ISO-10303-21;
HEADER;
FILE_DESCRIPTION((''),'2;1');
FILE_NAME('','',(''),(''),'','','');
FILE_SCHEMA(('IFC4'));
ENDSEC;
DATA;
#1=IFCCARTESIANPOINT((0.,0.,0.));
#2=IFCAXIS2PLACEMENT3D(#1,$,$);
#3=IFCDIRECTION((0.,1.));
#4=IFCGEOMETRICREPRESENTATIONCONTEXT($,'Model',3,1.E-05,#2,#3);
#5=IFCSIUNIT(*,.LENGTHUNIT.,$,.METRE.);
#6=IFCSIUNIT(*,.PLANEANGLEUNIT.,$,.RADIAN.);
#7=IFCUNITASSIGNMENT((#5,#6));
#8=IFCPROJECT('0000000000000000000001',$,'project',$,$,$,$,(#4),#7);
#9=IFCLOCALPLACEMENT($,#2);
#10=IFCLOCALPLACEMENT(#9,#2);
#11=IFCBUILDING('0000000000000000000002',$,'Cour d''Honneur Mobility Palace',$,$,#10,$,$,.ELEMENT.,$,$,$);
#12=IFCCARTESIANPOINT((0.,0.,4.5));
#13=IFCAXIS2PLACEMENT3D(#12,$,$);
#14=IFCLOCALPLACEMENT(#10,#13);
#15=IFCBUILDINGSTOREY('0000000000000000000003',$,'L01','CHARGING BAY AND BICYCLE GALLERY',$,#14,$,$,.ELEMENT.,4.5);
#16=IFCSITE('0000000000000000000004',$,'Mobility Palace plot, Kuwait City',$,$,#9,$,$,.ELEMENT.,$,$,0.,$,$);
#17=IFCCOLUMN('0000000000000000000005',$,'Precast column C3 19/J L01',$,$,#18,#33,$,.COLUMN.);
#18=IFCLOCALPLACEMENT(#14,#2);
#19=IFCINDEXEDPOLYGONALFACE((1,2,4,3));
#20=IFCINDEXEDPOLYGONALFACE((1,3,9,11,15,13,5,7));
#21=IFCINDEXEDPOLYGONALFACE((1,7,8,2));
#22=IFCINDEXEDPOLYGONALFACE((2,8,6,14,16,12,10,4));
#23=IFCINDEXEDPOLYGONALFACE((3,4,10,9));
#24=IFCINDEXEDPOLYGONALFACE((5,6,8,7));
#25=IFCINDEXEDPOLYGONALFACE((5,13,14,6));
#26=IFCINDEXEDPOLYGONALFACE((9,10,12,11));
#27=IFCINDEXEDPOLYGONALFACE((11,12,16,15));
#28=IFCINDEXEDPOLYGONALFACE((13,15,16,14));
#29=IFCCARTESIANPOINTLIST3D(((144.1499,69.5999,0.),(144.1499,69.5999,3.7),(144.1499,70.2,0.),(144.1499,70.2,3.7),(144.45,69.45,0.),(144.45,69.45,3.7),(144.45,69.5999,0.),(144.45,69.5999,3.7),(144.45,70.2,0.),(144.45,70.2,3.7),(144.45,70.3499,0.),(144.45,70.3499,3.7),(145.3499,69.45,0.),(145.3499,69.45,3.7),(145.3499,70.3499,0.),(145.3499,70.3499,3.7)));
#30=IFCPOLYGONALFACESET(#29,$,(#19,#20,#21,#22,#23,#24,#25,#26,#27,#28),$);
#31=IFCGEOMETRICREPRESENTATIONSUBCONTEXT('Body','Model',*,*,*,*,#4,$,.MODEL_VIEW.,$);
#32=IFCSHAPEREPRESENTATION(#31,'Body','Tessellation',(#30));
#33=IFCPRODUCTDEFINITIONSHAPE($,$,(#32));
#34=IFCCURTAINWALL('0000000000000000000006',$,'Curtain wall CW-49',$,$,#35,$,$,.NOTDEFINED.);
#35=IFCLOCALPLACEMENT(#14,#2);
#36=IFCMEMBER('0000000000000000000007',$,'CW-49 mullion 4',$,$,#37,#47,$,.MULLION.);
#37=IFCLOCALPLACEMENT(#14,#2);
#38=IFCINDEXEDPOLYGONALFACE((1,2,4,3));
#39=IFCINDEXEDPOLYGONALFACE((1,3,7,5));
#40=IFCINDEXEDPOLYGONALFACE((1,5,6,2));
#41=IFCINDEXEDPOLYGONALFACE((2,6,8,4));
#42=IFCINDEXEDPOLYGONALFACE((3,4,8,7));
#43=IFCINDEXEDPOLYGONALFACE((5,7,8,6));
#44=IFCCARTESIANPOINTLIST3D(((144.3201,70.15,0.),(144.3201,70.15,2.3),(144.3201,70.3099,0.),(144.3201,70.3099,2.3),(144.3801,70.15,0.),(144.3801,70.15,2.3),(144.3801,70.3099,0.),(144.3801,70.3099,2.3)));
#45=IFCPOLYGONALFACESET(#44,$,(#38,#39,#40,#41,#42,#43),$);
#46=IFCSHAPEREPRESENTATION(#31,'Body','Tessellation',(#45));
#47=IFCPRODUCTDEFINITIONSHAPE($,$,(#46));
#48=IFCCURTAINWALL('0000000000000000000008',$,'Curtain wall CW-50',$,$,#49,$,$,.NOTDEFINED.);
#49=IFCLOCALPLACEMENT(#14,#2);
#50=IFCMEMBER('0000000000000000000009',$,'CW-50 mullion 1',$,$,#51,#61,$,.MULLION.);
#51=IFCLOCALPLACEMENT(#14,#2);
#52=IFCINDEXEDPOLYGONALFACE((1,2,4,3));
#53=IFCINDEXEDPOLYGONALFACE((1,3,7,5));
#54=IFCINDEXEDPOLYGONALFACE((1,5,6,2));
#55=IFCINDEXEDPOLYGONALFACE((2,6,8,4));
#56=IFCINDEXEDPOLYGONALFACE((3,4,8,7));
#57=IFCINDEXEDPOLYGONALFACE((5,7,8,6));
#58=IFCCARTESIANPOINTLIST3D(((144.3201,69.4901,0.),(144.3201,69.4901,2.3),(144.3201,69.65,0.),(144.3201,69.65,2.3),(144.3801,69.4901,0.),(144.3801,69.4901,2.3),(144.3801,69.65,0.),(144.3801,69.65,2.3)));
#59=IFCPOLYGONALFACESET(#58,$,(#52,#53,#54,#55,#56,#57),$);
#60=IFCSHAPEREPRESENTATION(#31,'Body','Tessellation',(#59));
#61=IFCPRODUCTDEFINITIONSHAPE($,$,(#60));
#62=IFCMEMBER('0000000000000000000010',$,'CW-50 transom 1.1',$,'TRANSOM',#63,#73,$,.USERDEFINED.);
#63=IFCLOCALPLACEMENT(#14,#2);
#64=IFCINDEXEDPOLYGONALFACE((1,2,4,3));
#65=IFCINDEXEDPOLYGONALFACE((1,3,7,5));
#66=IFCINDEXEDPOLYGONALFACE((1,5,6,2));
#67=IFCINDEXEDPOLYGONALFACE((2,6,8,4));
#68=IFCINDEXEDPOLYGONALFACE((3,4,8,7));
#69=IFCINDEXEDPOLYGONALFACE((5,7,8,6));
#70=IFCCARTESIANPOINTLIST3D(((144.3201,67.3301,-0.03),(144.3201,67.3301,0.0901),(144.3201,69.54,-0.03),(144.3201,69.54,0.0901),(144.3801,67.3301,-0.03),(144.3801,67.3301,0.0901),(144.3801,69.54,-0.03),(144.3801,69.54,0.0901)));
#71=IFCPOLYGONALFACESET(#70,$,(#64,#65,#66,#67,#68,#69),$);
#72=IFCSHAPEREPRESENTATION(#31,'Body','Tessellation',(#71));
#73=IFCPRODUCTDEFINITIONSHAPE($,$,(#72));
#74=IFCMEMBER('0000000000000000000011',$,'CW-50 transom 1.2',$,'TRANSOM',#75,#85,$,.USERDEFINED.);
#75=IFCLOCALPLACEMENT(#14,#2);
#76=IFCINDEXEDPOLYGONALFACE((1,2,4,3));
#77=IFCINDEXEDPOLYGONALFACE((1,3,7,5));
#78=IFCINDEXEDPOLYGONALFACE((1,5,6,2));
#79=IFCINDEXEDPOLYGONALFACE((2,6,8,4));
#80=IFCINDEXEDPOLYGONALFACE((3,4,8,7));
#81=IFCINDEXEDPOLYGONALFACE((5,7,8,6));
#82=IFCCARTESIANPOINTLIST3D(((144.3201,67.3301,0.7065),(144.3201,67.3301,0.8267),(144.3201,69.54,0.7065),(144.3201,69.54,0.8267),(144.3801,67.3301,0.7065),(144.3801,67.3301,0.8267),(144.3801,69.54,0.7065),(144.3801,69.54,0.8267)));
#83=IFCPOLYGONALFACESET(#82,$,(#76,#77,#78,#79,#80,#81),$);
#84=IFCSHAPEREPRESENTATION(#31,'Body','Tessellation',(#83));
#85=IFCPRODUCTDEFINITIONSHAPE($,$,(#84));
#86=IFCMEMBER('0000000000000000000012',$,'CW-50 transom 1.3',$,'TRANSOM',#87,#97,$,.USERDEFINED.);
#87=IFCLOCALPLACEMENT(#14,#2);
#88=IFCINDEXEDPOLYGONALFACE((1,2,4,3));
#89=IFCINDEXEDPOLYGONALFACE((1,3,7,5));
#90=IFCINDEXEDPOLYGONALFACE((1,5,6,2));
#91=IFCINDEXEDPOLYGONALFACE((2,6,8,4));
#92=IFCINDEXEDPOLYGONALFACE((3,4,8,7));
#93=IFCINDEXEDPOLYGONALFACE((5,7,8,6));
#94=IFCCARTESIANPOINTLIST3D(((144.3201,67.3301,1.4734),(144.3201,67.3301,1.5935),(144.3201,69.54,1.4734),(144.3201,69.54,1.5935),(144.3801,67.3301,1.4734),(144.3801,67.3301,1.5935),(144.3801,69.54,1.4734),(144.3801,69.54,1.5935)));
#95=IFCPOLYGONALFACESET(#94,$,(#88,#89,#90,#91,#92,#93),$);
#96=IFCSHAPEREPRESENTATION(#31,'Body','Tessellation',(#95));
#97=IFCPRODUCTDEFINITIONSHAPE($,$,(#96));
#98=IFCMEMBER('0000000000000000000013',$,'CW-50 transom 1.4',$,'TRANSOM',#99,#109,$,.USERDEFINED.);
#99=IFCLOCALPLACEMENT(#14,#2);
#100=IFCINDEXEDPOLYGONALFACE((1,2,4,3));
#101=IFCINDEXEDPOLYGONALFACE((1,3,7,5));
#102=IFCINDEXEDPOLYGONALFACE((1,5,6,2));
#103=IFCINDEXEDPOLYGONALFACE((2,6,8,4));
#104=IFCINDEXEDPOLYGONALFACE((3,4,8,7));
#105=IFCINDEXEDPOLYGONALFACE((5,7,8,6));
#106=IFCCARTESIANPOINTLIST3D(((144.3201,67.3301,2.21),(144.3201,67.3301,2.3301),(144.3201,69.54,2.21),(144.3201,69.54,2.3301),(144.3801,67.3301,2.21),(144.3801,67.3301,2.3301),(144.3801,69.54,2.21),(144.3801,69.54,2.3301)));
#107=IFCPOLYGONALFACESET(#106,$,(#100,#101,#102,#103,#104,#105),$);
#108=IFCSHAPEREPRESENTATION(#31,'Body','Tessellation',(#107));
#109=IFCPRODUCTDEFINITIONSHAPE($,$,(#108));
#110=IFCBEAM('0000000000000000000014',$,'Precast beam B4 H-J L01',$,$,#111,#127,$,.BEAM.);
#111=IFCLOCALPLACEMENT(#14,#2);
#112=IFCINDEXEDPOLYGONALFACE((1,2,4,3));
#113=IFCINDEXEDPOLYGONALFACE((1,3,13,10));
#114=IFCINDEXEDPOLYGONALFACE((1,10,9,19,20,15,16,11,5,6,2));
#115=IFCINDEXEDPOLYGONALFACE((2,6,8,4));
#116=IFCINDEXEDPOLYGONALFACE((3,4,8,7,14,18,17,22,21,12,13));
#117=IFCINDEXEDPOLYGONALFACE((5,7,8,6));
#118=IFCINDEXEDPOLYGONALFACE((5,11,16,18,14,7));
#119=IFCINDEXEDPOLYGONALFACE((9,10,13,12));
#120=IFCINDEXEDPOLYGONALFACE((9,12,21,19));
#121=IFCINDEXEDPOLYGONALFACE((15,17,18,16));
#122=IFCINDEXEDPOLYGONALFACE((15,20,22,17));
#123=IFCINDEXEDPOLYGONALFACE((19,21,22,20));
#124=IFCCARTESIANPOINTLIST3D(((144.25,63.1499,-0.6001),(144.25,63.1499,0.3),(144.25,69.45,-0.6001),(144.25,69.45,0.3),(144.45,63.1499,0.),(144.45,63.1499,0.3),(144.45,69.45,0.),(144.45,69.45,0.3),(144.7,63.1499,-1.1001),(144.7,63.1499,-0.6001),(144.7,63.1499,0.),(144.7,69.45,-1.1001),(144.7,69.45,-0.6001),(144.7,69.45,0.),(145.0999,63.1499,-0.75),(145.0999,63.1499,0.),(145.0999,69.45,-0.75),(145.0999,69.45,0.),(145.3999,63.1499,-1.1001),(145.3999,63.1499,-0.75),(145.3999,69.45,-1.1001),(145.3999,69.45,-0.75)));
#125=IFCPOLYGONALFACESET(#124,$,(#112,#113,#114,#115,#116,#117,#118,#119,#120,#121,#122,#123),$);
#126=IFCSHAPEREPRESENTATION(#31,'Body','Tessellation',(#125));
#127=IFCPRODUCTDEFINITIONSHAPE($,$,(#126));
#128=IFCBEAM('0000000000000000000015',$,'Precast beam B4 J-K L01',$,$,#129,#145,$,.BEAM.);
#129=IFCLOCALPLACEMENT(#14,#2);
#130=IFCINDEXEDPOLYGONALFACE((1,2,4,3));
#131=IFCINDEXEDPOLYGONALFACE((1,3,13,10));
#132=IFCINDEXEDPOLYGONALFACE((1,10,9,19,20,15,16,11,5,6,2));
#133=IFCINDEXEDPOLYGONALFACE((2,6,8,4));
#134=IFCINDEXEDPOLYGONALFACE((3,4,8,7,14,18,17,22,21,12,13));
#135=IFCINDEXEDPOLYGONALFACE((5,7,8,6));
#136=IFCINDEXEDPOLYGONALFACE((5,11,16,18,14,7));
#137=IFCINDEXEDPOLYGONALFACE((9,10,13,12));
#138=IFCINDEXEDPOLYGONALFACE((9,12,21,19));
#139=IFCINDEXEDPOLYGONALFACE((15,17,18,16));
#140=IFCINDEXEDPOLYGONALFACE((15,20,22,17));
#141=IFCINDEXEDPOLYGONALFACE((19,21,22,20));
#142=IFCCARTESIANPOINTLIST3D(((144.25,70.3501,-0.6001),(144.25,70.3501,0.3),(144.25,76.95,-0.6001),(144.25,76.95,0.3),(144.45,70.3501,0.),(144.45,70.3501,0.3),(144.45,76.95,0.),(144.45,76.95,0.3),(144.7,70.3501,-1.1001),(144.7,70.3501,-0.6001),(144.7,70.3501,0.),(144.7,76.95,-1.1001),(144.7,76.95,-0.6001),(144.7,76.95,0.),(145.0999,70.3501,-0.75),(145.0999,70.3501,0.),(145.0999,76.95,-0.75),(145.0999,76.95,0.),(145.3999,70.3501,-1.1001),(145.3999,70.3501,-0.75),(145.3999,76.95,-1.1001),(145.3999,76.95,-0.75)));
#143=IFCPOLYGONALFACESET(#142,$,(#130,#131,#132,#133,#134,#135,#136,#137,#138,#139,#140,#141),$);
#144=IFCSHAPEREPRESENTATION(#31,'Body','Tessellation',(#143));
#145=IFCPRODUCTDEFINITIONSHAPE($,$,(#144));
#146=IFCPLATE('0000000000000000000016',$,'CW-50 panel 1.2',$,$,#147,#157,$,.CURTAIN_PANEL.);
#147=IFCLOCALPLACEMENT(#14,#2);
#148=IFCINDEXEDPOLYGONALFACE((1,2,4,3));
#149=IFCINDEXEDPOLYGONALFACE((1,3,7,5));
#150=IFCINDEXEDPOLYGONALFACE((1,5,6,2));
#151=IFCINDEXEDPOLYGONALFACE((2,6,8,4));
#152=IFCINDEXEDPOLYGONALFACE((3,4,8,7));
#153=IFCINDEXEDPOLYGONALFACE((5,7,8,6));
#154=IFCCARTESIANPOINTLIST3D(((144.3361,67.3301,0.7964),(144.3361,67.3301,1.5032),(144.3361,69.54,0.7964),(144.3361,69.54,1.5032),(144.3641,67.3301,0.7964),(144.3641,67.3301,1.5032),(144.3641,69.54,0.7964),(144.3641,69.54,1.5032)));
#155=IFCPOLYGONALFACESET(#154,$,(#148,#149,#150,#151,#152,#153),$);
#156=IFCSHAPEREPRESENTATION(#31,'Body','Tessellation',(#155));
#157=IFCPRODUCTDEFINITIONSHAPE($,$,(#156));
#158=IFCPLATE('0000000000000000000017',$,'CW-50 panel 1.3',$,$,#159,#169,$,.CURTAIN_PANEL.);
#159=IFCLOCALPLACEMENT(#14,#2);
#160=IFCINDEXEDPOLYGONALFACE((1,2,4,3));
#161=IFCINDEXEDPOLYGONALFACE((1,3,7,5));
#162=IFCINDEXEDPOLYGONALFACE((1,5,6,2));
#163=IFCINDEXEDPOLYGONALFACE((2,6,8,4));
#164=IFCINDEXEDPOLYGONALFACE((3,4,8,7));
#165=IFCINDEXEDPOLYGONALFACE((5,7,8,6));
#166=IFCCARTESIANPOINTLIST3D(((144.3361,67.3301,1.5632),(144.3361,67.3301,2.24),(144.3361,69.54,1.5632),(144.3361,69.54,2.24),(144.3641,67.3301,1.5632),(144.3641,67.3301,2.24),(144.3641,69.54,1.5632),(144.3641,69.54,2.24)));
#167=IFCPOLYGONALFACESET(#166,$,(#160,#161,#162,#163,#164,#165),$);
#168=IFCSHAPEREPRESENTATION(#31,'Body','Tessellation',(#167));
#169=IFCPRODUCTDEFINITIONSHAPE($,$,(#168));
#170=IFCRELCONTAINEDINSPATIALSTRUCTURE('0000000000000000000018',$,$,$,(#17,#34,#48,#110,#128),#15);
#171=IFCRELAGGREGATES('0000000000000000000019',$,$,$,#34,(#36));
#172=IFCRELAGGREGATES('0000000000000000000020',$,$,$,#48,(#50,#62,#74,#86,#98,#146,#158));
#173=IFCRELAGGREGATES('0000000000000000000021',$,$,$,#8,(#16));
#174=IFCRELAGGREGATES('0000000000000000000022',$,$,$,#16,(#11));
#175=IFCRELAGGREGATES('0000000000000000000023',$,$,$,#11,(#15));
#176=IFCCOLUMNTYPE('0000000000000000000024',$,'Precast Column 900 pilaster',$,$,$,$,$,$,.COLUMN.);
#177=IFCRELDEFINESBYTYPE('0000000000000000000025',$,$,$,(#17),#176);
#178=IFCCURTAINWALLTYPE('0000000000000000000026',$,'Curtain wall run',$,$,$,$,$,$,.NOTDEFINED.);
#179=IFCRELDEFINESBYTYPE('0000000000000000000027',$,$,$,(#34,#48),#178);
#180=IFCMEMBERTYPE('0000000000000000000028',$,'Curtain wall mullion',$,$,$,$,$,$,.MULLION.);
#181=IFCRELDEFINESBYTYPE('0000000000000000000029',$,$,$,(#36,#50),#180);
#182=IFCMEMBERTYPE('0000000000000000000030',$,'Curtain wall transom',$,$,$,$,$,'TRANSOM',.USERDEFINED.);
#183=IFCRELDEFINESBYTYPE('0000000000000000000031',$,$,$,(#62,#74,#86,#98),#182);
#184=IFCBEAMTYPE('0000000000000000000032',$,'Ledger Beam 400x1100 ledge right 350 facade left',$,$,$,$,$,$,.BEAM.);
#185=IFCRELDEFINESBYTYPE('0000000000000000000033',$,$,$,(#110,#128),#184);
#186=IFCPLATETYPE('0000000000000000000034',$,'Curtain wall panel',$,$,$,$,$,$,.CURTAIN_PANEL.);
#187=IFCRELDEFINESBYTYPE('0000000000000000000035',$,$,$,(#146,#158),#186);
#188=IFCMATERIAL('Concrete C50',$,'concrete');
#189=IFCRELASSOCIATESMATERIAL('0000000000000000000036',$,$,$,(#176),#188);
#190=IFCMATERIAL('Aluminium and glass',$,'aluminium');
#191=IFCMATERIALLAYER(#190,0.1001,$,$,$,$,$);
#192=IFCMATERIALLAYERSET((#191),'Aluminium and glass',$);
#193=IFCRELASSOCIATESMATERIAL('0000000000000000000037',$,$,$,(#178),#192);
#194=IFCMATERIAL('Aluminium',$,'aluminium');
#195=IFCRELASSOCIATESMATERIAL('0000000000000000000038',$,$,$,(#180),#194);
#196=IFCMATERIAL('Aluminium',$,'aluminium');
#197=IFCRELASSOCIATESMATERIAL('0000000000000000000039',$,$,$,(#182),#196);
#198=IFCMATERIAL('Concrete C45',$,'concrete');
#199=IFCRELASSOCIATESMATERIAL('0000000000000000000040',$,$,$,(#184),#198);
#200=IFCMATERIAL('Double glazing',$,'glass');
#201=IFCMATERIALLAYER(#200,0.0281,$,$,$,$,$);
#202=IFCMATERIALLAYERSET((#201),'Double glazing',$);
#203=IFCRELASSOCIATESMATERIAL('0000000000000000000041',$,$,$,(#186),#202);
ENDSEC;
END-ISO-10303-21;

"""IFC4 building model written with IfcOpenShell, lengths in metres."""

from ifc_helpers import new_model, si_unit, direction, frame, origin, origin_2d, place, context, subcontext, project, spatial, polyline, rectangle, outline, extrude, material, layer, layer_set, material_profile, profile_set, type_object, element, aggregate, save


model = new_model("IFC4")

# Units and contexts
model_context = context("Model", 3, precision=1e-05, world=origin(), true_north=direction((0.0, 1.0)))
body_context = subcontext(model_context, "Body", "Model", "MODEL_VIEW")
ifc_project = project(units=[si_unit("LENGTHUNIT", "METRE"), si_unit("PLANEANGLEUNIT", "RADIAN")], contexts=[model_context])

# Site, building, storey
site_placement = place(None, origin())
site = spatial("IfcSite", under=ifc_project, at=site_placement, Name="Mobility Palace plot, Kuwait City", CompositionType="ELEMENT", RefElevation=0.0)
building_placement = place(site_placement, origin())
building = spatial("IfcBuilding", under=site, at=building_placement, Name="Cour d'Honneur Mobility Palace", CompositionType="ELEMENT")
storey_placement = place(building_placement, frame((0.0, 0.0, 4.5)))
storey = spatial("IfcBuildingStorey", under=building, at=storey_placement, Name="L01", Description="CHARGING BAY AND BICYCLE GALLERY", CompositionType="ELEMENT", Elevation=4.5)

# Column
ifc_material_1 = material(Name="Concrete C50", Category="concrete")
ifc_material_profile_1 = material_profile(ifc_material_1, outline(polyline([(-0.45, -0.45), (0.45, -0.45), (0.45, -0.3), (0.75, -0.3), (0.75, 0.3), (0.45, 0.3), (0.45, 0.45), (-0.45, 0.45), (-0.45, -0.45)])), Name="PC C900 pilaster")
ifc_profile_set_1 = profile_set([ifc_material_profile_1], Name="Concrete C50")
column_type = type_object("IfcColumnType", Name="Precast Column 900 pilaster", PredefinedType="COLUMN", material=ifc_profile_set_1)
column_placement = place(storey_placement, frame((144.8999, 69.8999, 0.0), z_axis=(0.0, 0.0, 1.0), x_axis=(-1.0, 0.0, 0.0)))
element("IfcColumn", 1, at=column_placement, inside=storey, type_object=column_type, Name="Precast column C3 19/J L01", PredefinedType="COLUMN", context=body_context, shape_type="SweptSolid", body=[
    extrude(outline(polyline([(-0.45, -0.45), (0.45, -0.45), (0.45, -0.3), (0.75, -0.3), (0.75, 0.3), (0.45, 0.3), (0.45, 0.45), (-0.45, 0.45), (-0.45, -0.45)])), origin(), (0.0, 0.0, 1.0), 3.7),
])

# Curtain wall, member
ifc_material_2 = material(Name="Aluminium and glass", Category="aluminium")
ifc_layer_1 = layer(ifc_material_2, 0.1001)
ifc_layer_set_1 = layer_set([ifc_layer_1], Name="Aluminium and glass")
curtain_wall_type = type_object("IfcCurtainWallType", Name="Curtain wall run", PredefinedType="NOTDEFINED", material=ifc_layer_set_1)
curtain_wall_1_placement = place(storey_placement, origin())
curtain_wall_1 = element("IfcCurtainWall", 2, at=curtain_wall_1_placement, inside=storey, type_object=curtain_wall_type, Name="Curtain wall CW-49", PredefinedType="NOTDEFINED")
ifc_material_3 = material(Name="Aluminium", Category="aluminium")
ifc_material_profile_2 = material_profile(ifc_material_3, rectangle(XDim=0.0601, YDim=0.1599, at=origin_2d()), Name="Curtain wall mullion")
ifc_profile_set_2 = profile_set([ifc_material_profile_2], Name="Aluminium")
member_type_1 = type_object("IfcMemberType", Name="Curtain wall mullion", PredefinedType="MULLION", material=ifc_profile_set_2)
member_1_placement = place(storey_placement, frame((144.3501, 70.23, 0.0), z_axis=(0.0, 0.0, 1.0), x_axis=(1.0, 0.0, 0.0)))
member_1 = element("IfcMember", 3, at=member_1_placement, type_object=member_type_1, Name="CW-49 mullion 4", PredefinedType="MULLION", context=body_context, shape_type="SweptSolid", body=[
    extrude(rectangle(XDim=0.0601, YDim=0.1599, at=origin_2d()), origin(), (0.0, 0.0, 1.0), 2.3),
])
aggregate(curtain_wall_1, [member_1])

# Curtain wall, members
curtain_wall_2_placement = place(storey_placement, origin())
curtain_wall_2 = element("IfcCurtainWall", 4, at=curtain_wall_2_placement, inside=storey, type_object=curtain_wall_type, Name="Curtain wall CW-50", PredefinedType="NOTDEFINED")
member_2_placement = place(storey_placement, frame((144.3501, 69.5701, 0.0), z_axis=(0.0, 0.0, 1.0), x_axis=(1.0, 0.0, 0.0)))
member_2 = element("IfcMember", 5, at=member_2_placement, type_object=member_type_1, Name="CW-50 mullion 1", PredefinedType="MULLION", context=body_context, shape_type="SweptSolid", body=[
    extrude(rectangle(XDim=0.0601, YDim=0.1599, at=origin_2d()), origin(), (0.0, 0.0, 1.0), 2.3),
])
ifc_material_4 = material(Name="Aluminium", Category="aluminium")
ifc_material_profile_3 = material_profile(ifc_material_4, rectangle(XDim=0.0601, YDim=0.1201, at=origin_2d()), Name="Curtain wall transom")
ifc_profile_set_3 = profile_set([ifc_material_profile_3], Name="Aluminium")
member_type_2 = type_object("IfcMemberType", Name="Curtain wall transom", ElementType="TRANSOM", PredefinedType="USERDEFINED", material=ifc_profile_set_3)
member_3_placement = place(storey_placement, frame((144.3501, 69.54, 0.03), z_axis=(0.0, -1.0, 0.0), x_axis=(1.0, 0.0, 0.0)))
member_3 = element("IfcMember", 6, at=member_3_placement, type_object=member_type_2, Name="CW-50 transom 1.1", ObjectType="TRANSOM", PredefinedType="USERDEFINED", context=body_context, shape_type="SweptSolid", body=[
    extrude(rectangle(XDim=0.0601, YDim=0.1201, at=origin_2d()), origin(), (0.0, 0.0, 1.0), 2.21),
])
member_4_placement = place(storey_placement, frame((144.3501, 69.54, 0.7666), z_axis=(0.0, -1.0, 0.0), x_axis=(1.0, 0.0, 0.0)))
member_4 = element("IfcMember", 7, at=member_4_placement, type_object=member_type_2, Name="CW-50 transom 1.2", ObjectType="TRANSOM", PredefinedType="USERDEFINED", context=body_context, shape_type="SweptSolid", body=[
    extrude(rectangle(XDim=0.0601, YDim=0.1201, at=origin_2d()), origin(), (0.0, 0.0, 1.0), 2.21),
])
member_5_placement = place(storey_placement, frame((144.3501, 69.54, 1.5334), z_axis=(0.0, -1.0, 0.0), x_axis=(1.0, 0.0, 0.0)))
member_5 = element("IfcMember", 8, at=member_5_placement, type_object=member_type_2, Name="CW-50 transom 1.3", ObjectType="TRANSOM", PredefinedType="USERDEFINED", context=body_context, shape_type="SweptSolid", body=[
    extrude(rectangle(XDim=0.0601, YDim=0.1201, at=origin_2d()), origin(), (0.0, 0.0, 1.0), 2.21),
])
member_6_placement = place(storey_placement, frame((144.3501, 69.54, 2.27), z_axis=(0.0, -1.0, 0.0), x_axis=(1.0, 0.0, 0.0)))
member_6 = element("IfcMember", 9, at=member_6_placement, type_object=member_type_2, Name="CW-50 transom 1.4", ObjectType="TRANSOM", PredefinedType="USERDEFINED", context=body_context, shape_type="SweptSolid", body=[
    extrude(rectangle(XDim=0.0601, YDim=0.1201, at=origin_2d()), origin(), (0.0, 0.0, 1.0), 2.21),
])

# Beams
ifc_material_5 = material(Name="Concrete C45", Category="concrete")
ifc_material_profile_4 = material_profile(ifc_material_5, outline(polyline([(0.2, -1.1001), (0.2, -0.6001), (0.6499, -0.6001), (0.6499, 0.3), (0.45, 0.3), (0.45, 0.0), (0.2, 0.0), (-0.2, 0.0), (-0.2, -0.75), (-0.5, -0.75), (-0.5, -1.1001), (0.2, -1.1001)])), Name="Ledger Beam 400x1100 ledge right 350 facade left")
ifc_profile_set_4 = profile_set([ifc_material_profile_4], Name="Concrete C45")
beam_type = type_object("IfcBeamType", Name="Ledger Beam 400x1100 ledge right 350 facade left", PredefinedType="BEAM", material=ifc_profile_set_4)
beam_1_placement = place(storey_placement, frame((144.8999, 63.1499, 0.0), z_axis=(0.0, 1.0, 0.0), x_axis=(-1.0, 0.0, 0.0)))
element("IfcBeam", 10, at=beam_1_placement, inside=storey, type_object=beam_type, Name="Precast beam B4 H-J L01", PredefinedType="BEAM", context=body_context, shape_type="SweptSolid", body=[
    extrude(outline(polyline([(0.2, -1.1001), (0.2, -0.6001), (0.6499, -0.6001), (0.6499, 0.3), (0.45, 0.3), (0.45, 0.0), (0.2, 0.0), (-0.2, 0.0), (-0.2, -0.75), (-0.5, -0.75), (-0.5, -1.1001), (0.2, -1.1001)])), origin(), (0.0, 0.0, 1.0), 6.3),
])
beam_2_placement = place(storey_placement, frame((144.8999, 70.3501, 0.0), z_axis=(0.0, 1.0, 0.0), x_axis=(-1.0, 0.0, 0.0)))
element("IfcBeam", 11, at=beam_2_placement, inside=storey, type_object=beam_type, Name="Precast beam B4 J-K L01", PredefinedType="BEAM", context=body_context, shape_type="SweptSolid", body=[
    extrude(outline(polyline([(0.2, -1.1001), (0.2, -0.6001), (0.6499, -0.6001), (0.6499, 0.3), (0.45, 0.3), (0.45, 0.0), (0.2, 0.0), (-0.2, 0.0), (-0.2, -0.75), (-0.5, -0.75), (-0.5, -1.1001), (0.2, -1.1001)])), origin(), (0.0, 0.0, 1.0), 6.5999),
])

# Plates
ifc_material_6 = material(Name="Double glazing", Category="glass")
ifc_layer_2 = layer(ifc_material_6, 0.0281)
ifc_layer_set_2 = layer_set([ifc_layer_2], Name="Double glazing")
plate_type = type_object("IfcPlateType", Name="Curtain wall panel", PredefinedType="CURTAIN_PANEL", material=ifc_layer_set_2)
plate_1_placement = place(storey_placement, frame((144.3501, 68.4351, 0.7964), z_axis=(0.0, 0.0, 1.0), x_axis=(0.0, -1.0, 0.0)))
plate_1 = element("IfcPlate", 12, at=plate_1_placement, type_object=plate_type, Name="CW-50 panel 1.2", PredefinedType="CURTAIN_PANEL", context=body_context, shape_type="SweptSolid", body=[
    extrude(rectangle(XDim=2.21, YDim=0.0281, at=origin_2d()), origin(), (0.0, 0.0, 1.0), 0.7068),
])
plate_2_placement = place(storey_placement, frame((144.3501, 68.4351, 1.5632), z_axis=(0.0, 0.0, 1.0), x_axis=(0.0, -1.0, 0.0)))
plate_2 = element("IfcPlate", 13, at=plate_2_placement, type_object=plate_type, Name="CW-50 panel 1.3", PredefinedType="CURTAIN_PANEL", context=body_context, shape_type="SweptSolid", body=[
    extrude(rectangle(XDim=2.21, YDim=0.0281, at=origin_2d()), origin(), (0.0, 0.0, 1.0), 0.6768),
])
aggregate(curtain_wall_2, [member_2, member_3, member_4, member_5, member_6, plate_1, plate_2])

save(model, "model.ifc")
